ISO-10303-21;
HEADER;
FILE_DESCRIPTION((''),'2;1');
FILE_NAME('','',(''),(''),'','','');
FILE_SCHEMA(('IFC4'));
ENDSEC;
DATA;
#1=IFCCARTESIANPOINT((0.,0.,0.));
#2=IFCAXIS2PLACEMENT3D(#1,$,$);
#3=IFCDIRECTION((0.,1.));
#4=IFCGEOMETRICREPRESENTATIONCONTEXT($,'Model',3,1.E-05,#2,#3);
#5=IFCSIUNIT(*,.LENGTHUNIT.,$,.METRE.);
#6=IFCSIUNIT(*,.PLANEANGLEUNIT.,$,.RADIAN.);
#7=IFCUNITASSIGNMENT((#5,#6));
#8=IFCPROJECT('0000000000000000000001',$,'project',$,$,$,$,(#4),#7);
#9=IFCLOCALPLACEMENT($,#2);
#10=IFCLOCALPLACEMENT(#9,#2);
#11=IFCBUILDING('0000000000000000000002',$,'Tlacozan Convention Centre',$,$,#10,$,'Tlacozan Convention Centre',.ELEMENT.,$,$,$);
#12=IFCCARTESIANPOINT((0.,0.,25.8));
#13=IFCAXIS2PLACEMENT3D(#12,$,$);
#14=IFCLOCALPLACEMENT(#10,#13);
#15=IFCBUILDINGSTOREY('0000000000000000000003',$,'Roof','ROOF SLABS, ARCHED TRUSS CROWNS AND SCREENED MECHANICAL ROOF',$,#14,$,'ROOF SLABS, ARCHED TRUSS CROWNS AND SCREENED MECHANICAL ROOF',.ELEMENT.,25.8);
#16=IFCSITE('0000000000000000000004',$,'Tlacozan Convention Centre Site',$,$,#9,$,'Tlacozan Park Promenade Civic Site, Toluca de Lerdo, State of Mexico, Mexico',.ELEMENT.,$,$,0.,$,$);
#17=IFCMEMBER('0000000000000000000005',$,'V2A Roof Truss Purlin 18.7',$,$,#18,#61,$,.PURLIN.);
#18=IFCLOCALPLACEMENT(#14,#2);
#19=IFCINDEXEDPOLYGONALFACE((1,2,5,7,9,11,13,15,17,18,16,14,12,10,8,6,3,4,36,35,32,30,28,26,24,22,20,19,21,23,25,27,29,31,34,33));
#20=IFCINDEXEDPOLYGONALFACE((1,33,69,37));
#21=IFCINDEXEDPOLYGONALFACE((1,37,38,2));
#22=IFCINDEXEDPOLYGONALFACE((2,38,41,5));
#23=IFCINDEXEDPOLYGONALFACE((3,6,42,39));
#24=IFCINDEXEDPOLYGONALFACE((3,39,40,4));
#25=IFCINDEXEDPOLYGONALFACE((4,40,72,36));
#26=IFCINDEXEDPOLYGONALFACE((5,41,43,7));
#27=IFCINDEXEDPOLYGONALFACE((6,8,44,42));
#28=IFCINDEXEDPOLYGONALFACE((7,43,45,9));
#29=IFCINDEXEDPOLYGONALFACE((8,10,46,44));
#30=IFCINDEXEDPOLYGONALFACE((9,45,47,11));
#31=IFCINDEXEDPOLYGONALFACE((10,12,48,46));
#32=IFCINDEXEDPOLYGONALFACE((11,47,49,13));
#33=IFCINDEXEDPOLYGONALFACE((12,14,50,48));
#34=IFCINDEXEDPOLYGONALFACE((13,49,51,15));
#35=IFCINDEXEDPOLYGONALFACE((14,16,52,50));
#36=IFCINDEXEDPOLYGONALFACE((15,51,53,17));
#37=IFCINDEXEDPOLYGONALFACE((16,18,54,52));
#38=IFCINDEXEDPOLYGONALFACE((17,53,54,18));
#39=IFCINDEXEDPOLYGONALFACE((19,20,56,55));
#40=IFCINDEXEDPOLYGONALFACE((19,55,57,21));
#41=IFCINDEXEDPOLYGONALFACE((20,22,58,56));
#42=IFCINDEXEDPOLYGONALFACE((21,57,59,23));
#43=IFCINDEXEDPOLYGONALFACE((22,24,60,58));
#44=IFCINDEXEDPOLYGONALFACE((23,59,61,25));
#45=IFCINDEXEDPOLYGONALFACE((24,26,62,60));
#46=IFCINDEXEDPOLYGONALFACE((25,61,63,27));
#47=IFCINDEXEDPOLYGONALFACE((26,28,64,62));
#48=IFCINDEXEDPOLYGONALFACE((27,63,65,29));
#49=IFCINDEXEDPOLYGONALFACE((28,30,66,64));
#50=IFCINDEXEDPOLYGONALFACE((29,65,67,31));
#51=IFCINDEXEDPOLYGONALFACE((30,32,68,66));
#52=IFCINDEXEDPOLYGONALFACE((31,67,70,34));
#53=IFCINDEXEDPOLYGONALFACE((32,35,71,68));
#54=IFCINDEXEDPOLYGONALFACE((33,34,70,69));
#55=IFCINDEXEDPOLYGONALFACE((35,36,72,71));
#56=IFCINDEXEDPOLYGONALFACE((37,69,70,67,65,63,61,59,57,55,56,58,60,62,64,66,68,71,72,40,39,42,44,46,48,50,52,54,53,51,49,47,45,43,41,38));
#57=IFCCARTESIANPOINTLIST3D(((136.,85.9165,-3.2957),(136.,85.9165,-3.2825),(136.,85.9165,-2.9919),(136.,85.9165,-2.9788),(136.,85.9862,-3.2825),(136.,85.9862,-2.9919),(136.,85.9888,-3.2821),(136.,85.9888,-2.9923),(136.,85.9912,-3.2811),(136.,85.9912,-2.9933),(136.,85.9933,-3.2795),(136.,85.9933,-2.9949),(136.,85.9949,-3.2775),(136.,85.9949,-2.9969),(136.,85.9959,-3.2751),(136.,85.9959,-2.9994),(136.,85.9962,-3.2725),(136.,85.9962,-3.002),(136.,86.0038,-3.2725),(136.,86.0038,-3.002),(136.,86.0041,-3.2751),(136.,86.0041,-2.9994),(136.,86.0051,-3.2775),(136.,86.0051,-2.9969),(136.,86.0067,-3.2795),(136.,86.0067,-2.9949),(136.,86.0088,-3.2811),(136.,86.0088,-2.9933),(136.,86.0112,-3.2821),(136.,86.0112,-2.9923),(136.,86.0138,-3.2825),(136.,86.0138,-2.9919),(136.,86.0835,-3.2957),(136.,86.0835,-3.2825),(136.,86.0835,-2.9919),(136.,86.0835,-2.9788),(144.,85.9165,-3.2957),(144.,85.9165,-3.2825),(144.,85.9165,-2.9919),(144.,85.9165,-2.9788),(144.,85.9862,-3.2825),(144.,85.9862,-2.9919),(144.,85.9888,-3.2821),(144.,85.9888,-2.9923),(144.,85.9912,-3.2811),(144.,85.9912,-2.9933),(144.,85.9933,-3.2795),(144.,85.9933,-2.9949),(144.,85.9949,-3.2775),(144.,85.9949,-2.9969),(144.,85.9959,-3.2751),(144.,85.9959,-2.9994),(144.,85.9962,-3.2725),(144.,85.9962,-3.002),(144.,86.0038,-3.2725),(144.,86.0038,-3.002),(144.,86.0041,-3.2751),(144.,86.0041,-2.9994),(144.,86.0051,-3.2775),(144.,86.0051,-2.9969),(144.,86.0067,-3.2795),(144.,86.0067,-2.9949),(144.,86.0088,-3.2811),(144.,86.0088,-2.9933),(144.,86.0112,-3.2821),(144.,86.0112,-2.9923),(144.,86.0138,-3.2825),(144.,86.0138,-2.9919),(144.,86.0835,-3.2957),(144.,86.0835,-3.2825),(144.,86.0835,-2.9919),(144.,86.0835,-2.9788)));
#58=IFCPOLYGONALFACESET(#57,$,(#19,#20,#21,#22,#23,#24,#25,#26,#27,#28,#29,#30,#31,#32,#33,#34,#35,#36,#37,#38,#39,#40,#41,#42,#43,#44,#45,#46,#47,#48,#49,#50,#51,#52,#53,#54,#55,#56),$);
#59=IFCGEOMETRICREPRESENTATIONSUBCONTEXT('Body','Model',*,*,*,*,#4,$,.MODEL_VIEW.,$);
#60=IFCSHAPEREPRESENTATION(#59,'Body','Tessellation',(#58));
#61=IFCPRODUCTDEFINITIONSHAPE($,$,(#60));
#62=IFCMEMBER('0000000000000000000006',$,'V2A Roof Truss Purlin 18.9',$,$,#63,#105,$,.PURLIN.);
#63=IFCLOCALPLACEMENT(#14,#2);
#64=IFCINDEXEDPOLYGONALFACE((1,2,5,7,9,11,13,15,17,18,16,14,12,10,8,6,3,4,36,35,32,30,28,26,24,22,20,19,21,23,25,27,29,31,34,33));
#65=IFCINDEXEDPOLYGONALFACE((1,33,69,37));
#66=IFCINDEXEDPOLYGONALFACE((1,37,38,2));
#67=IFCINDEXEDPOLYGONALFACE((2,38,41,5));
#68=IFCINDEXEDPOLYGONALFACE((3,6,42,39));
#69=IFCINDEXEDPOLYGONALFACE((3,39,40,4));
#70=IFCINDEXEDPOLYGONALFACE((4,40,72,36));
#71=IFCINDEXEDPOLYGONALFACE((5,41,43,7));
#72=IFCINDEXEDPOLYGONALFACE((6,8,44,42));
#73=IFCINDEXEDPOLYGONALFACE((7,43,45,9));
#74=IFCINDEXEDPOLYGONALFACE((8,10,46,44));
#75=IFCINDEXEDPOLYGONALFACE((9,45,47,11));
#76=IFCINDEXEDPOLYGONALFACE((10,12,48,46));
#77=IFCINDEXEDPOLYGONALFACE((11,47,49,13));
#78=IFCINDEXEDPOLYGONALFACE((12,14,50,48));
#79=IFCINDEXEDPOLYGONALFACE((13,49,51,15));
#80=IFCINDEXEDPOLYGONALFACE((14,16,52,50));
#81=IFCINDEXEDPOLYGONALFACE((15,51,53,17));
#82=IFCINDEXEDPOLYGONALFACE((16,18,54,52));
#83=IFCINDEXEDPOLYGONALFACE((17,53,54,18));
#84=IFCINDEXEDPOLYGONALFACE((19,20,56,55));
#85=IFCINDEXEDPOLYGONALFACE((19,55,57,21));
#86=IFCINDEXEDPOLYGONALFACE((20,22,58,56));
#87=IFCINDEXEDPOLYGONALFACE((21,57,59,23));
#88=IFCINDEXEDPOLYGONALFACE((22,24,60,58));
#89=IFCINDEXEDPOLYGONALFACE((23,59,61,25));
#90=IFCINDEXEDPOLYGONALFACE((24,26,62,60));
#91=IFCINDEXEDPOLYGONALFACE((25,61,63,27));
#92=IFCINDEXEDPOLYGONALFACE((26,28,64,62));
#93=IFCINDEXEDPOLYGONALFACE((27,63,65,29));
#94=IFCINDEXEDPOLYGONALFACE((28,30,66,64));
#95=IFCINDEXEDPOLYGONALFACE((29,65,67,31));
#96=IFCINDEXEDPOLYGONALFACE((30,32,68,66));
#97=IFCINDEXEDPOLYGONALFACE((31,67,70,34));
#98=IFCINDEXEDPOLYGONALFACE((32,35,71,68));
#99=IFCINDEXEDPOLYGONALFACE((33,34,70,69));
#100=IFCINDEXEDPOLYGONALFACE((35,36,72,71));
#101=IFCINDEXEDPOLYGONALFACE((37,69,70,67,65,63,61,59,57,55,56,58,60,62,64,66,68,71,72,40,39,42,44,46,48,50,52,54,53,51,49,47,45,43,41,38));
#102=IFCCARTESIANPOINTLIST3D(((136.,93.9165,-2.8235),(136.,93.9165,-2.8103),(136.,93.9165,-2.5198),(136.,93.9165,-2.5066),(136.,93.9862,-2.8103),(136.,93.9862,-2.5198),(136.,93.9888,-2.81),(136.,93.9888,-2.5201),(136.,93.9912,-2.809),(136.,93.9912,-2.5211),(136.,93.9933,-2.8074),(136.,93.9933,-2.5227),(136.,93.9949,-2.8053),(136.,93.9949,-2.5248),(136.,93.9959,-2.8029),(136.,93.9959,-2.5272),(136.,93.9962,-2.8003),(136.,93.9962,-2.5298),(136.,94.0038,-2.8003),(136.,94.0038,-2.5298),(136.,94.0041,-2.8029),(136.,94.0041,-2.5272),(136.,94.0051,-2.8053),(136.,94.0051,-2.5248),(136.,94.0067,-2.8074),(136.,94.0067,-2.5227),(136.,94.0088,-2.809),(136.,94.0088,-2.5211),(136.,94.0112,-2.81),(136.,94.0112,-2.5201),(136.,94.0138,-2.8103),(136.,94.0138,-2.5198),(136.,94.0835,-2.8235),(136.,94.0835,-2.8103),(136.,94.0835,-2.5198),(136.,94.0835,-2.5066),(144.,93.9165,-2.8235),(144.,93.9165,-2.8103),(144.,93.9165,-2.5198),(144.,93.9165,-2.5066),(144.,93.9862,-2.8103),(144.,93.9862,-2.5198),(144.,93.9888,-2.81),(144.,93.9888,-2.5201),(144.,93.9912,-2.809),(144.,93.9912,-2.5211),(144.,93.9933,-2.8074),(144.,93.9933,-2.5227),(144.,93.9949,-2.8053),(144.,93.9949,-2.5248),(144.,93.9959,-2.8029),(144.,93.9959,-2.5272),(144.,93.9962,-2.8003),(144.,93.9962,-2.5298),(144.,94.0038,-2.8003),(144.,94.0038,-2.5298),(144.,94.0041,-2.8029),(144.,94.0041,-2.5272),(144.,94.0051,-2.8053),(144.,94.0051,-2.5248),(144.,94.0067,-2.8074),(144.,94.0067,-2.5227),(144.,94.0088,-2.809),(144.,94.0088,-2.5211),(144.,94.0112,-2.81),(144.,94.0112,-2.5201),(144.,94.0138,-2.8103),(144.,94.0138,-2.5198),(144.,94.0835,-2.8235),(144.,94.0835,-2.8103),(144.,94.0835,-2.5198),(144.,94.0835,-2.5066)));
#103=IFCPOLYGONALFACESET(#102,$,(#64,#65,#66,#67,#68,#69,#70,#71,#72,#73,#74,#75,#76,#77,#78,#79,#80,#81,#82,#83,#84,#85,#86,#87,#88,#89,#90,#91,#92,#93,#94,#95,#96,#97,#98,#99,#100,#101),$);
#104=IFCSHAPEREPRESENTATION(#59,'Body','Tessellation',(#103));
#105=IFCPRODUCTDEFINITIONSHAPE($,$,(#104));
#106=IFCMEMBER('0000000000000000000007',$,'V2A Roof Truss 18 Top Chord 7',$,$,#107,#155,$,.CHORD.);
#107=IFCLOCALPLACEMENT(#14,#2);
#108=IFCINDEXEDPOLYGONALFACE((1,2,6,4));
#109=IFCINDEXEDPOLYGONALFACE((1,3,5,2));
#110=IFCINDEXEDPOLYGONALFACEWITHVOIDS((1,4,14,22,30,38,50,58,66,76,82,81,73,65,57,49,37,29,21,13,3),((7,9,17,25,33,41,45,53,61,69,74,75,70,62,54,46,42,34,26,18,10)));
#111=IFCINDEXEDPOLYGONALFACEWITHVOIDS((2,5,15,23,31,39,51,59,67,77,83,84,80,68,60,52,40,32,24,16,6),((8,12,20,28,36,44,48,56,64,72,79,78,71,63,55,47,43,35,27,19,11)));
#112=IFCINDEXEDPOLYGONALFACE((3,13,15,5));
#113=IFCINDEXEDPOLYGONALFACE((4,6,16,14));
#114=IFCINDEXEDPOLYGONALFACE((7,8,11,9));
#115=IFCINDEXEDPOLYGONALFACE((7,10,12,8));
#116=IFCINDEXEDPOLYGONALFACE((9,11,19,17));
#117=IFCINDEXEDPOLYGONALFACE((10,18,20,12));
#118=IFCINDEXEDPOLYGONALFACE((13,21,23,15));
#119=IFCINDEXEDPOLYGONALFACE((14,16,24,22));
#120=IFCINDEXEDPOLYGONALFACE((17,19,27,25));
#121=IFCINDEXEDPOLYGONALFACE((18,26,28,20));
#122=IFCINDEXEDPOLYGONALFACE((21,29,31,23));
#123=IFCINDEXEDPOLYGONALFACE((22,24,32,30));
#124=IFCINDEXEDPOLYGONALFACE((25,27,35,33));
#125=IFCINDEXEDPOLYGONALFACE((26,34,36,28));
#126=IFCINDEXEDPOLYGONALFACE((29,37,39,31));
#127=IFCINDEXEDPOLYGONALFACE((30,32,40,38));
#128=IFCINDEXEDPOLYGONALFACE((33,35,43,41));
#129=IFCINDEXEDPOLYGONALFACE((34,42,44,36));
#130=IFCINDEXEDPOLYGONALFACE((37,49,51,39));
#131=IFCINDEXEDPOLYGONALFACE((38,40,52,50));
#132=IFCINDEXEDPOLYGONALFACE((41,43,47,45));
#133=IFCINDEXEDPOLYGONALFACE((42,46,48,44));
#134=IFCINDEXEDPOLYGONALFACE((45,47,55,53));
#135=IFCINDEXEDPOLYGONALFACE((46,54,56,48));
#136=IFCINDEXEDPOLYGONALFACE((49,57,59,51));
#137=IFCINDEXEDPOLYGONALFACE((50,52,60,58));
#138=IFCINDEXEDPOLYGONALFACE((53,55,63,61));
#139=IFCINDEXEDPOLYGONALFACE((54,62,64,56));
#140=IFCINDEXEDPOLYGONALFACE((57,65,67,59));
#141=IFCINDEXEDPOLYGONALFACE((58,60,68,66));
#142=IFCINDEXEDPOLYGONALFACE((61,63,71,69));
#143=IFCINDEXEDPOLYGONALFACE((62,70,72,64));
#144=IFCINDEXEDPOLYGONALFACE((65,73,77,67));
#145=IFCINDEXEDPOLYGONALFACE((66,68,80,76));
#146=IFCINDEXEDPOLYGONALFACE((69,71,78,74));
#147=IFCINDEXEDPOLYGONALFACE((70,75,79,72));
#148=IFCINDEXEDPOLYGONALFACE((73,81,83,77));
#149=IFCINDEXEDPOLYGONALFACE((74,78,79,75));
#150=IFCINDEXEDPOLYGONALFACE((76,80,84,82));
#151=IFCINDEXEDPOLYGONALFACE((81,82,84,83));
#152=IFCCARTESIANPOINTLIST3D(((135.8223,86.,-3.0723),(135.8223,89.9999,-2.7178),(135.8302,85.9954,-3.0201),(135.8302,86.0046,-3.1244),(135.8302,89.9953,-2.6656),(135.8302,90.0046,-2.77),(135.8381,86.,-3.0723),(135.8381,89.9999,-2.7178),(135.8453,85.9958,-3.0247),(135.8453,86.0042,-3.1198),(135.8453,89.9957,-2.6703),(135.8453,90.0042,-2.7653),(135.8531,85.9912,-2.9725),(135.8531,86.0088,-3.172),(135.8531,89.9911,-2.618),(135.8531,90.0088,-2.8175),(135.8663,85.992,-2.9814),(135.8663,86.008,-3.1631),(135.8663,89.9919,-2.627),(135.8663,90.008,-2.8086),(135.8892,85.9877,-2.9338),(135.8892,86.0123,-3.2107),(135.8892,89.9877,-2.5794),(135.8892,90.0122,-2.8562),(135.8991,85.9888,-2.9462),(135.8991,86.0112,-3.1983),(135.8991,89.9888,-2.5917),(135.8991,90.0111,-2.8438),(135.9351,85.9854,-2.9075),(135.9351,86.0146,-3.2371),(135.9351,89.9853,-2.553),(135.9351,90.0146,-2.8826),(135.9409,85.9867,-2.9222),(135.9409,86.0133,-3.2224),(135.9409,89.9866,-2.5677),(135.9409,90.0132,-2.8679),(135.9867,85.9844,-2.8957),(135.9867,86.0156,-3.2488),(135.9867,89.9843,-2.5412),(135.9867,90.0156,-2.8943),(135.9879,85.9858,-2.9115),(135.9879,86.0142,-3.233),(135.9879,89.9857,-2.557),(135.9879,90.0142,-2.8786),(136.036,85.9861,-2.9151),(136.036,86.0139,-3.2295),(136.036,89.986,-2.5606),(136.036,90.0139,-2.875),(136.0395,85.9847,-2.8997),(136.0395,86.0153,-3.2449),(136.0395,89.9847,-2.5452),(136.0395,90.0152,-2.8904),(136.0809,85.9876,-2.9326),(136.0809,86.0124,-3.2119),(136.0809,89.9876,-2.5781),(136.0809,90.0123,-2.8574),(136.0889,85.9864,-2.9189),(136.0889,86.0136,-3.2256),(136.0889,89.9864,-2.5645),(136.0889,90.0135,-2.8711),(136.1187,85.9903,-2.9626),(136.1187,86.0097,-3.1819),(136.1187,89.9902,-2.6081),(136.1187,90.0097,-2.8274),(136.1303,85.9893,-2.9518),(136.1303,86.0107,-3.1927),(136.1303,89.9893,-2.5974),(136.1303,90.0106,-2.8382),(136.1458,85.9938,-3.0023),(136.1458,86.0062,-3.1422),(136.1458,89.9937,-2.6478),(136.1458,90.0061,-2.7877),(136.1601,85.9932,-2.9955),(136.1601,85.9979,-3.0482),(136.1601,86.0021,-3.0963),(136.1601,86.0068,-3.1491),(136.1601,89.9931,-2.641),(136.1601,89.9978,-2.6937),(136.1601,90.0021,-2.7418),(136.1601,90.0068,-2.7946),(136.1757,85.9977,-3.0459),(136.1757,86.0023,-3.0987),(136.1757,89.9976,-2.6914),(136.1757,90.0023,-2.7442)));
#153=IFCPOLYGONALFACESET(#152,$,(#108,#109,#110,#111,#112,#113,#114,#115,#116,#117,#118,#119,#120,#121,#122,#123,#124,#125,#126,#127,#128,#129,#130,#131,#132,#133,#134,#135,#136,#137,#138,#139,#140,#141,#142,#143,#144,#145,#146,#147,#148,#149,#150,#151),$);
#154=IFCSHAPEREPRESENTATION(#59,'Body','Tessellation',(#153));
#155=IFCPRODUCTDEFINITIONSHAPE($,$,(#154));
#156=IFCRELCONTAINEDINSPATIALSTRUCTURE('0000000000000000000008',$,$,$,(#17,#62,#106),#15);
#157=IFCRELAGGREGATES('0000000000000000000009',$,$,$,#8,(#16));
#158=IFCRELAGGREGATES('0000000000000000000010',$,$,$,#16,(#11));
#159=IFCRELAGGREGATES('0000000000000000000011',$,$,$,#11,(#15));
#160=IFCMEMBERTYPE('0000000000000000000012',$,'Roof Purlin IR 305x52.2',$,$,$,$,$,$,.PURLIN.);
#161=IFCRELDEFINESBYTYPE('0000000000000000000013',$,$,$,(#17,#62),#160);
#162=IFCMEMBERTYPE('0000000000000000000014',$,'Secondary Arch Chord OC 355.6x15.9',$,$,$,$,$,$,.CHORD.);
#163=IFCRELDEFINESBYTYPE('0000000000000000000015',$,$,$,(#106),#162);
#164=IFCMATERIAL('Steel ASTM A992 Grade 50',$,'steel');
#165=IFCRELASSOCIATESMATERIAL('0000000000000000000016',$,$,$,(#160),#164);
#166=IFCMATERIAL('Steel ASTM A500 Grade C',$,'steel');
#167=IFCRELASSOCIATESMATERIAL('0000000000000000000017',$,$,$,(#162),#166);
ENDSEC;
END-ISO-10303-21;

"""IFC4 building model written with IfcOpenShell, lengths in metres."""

from ifc_helpers import new_model, si_unit, direction, frame, origin, origin_2d, place, context, subcontext, project, spatial, hollow_circle, i_section, extrude, material, material_profile, profile_set, type_object, element, save


model = new_model("IFC4")

# Units and contexts
model_context = context("Model", 3, precision=1e-05, world=origin(), true_north=direction((0.0, 1.0)))
body_context = subcontext(model_context, "Body", "Model", "MODEL_VIEW")
ifc_project = project(units=[si_unit("LENGTHUNIT", "METRE"), si_unit("PLANEANGLEUNIT", "RADIAN")], contexts=[model_context])

# Site, building, storey
site_placement = place(None, origin())
site = spatial("IfcSite", under=ifc_project, at=site_placement, Name="Tlacozan Convention Centre Site", LongName="Tlacozan Park Promenade Civic Site, Toluca de Lerdo, State of Mexico, Mexico", CompositionType="ELEMENT", RefElevation=0.0)
building_placement = place(site_placement, origin())
building = spatial("IfcBuilding", under=site, at=building_placement, Name="Tlacozan Convention Centre", LongName="Tlacozan Convention Centre", CompositionType="ELEMENT")
storey_placement = place(building_placement, frame((0.0, 0.0, 25.8)))
storey = spatial("IfcBuildingStorey", under=building, at=storey_placement, Name="Roof", Description="ROOF SLABS, ARCHED TRUSS CROWNS AND SCREENED MECHANICAL ROOF", LongName="ROOF SLABS, ARCHED TRUSS CROWNS AND SCREENED MECHANICAL ROOF", CompositionType="ELEMENT", Elevation=25.8)

# Members
ifc_material_1 = material(Name="Steel ASTM A500 Grade C", Category="steel")
ifc_material_2 = material(Name="Steel ASTM A992 Grade 50", Category="steel")
ifc_material_profile_1 = material_profile(ifc_material_2, i_section(OverallWidth=0.167, OverallDepth=0.3169, WebThickness=0.0076, FlangeThickness=0.0132, FilletRadius=0.01, at=origin_2d()), Name="IR 305x52.2")
ifc_profile_set_1 = profile_set([ifc_material_profile_1], Name="Steel ASTM A992 Grade 50")
member_type_1 = type_object("IfcMemberType", Name="Roof Purlin IR 305x52.2", PredefinedType="PURLIN", material=ifc_profile_set_1)
for number, where, z_axis, x_axis, name in (
    (1, (136.0, 86.0, -3.1372), (1.0, 0.0, 0.0), (0.0, 1.0, 0.0), "V2A Roof Truss Purlin 18.7"),
    (2, (136.0, 94.0, -2.665), (1.0, 0.0, 0.0), (0.0, 1.0, 0.0), "V2A Roof Truss Purlin 18.9"),
):
    element("IfcMember", number, at=place(storey_placement, frame(where, z_axis=z_axis, x_axis=x_axis)), inside=storey, type_object=member_type_1, Name=name, PredefinedType="PURLIN", context=body_context, shape_type="SweptSolid", body=[
        extrude(i_section(OverallWidth=0.167, OverallDepth=0.3169, WebThickness=0.0076, FlangeThickness=0.0132, FilletRadius=0.01, at=origin_2d()), origin(), (0.0, 0.0, 1.0), 8.0),
    ])
ifc_material_profile_2 = material_profile(ifc_material_1, hollow_circle(Radius=0.1777, WallThickness=0.0159, at=origin_2d()), Name="OC 355.6x15.9")
ifc_profile_set_2 = profile_set([ifc_material_profile_2], Name="Steel ASTM A500 Grade C")
member_type_2 = type_object("IfcMemberType", Name="Secondary Arch Chord OC 355.6x15.9", PredefinedType="CHORD", material=ifc_profile_set_2)
member_1_placement = place(storey_placement, frame((136.0, 86.0, -3.0723), z_axis=(0.0, 0.996096, 0.088277), x_axis=(-1.0, 0.0, 0.0)))
element("IfcMember", 3, at=member_1_placement, inside=storey, type_object=member_type_2, Name="V2A Roof Truss 18 Top Chord 7", PredefinedType="CHORD", context=body_context, shape_type="SweptSolid", body=[
    extrude(hollow_circle(Radius=0.1777, WallThickness=0.0159, at=origin_2d()), origin(), (0.0, 0.0, 1.0), 4.0156),
])

save(model, "model.ifc")
